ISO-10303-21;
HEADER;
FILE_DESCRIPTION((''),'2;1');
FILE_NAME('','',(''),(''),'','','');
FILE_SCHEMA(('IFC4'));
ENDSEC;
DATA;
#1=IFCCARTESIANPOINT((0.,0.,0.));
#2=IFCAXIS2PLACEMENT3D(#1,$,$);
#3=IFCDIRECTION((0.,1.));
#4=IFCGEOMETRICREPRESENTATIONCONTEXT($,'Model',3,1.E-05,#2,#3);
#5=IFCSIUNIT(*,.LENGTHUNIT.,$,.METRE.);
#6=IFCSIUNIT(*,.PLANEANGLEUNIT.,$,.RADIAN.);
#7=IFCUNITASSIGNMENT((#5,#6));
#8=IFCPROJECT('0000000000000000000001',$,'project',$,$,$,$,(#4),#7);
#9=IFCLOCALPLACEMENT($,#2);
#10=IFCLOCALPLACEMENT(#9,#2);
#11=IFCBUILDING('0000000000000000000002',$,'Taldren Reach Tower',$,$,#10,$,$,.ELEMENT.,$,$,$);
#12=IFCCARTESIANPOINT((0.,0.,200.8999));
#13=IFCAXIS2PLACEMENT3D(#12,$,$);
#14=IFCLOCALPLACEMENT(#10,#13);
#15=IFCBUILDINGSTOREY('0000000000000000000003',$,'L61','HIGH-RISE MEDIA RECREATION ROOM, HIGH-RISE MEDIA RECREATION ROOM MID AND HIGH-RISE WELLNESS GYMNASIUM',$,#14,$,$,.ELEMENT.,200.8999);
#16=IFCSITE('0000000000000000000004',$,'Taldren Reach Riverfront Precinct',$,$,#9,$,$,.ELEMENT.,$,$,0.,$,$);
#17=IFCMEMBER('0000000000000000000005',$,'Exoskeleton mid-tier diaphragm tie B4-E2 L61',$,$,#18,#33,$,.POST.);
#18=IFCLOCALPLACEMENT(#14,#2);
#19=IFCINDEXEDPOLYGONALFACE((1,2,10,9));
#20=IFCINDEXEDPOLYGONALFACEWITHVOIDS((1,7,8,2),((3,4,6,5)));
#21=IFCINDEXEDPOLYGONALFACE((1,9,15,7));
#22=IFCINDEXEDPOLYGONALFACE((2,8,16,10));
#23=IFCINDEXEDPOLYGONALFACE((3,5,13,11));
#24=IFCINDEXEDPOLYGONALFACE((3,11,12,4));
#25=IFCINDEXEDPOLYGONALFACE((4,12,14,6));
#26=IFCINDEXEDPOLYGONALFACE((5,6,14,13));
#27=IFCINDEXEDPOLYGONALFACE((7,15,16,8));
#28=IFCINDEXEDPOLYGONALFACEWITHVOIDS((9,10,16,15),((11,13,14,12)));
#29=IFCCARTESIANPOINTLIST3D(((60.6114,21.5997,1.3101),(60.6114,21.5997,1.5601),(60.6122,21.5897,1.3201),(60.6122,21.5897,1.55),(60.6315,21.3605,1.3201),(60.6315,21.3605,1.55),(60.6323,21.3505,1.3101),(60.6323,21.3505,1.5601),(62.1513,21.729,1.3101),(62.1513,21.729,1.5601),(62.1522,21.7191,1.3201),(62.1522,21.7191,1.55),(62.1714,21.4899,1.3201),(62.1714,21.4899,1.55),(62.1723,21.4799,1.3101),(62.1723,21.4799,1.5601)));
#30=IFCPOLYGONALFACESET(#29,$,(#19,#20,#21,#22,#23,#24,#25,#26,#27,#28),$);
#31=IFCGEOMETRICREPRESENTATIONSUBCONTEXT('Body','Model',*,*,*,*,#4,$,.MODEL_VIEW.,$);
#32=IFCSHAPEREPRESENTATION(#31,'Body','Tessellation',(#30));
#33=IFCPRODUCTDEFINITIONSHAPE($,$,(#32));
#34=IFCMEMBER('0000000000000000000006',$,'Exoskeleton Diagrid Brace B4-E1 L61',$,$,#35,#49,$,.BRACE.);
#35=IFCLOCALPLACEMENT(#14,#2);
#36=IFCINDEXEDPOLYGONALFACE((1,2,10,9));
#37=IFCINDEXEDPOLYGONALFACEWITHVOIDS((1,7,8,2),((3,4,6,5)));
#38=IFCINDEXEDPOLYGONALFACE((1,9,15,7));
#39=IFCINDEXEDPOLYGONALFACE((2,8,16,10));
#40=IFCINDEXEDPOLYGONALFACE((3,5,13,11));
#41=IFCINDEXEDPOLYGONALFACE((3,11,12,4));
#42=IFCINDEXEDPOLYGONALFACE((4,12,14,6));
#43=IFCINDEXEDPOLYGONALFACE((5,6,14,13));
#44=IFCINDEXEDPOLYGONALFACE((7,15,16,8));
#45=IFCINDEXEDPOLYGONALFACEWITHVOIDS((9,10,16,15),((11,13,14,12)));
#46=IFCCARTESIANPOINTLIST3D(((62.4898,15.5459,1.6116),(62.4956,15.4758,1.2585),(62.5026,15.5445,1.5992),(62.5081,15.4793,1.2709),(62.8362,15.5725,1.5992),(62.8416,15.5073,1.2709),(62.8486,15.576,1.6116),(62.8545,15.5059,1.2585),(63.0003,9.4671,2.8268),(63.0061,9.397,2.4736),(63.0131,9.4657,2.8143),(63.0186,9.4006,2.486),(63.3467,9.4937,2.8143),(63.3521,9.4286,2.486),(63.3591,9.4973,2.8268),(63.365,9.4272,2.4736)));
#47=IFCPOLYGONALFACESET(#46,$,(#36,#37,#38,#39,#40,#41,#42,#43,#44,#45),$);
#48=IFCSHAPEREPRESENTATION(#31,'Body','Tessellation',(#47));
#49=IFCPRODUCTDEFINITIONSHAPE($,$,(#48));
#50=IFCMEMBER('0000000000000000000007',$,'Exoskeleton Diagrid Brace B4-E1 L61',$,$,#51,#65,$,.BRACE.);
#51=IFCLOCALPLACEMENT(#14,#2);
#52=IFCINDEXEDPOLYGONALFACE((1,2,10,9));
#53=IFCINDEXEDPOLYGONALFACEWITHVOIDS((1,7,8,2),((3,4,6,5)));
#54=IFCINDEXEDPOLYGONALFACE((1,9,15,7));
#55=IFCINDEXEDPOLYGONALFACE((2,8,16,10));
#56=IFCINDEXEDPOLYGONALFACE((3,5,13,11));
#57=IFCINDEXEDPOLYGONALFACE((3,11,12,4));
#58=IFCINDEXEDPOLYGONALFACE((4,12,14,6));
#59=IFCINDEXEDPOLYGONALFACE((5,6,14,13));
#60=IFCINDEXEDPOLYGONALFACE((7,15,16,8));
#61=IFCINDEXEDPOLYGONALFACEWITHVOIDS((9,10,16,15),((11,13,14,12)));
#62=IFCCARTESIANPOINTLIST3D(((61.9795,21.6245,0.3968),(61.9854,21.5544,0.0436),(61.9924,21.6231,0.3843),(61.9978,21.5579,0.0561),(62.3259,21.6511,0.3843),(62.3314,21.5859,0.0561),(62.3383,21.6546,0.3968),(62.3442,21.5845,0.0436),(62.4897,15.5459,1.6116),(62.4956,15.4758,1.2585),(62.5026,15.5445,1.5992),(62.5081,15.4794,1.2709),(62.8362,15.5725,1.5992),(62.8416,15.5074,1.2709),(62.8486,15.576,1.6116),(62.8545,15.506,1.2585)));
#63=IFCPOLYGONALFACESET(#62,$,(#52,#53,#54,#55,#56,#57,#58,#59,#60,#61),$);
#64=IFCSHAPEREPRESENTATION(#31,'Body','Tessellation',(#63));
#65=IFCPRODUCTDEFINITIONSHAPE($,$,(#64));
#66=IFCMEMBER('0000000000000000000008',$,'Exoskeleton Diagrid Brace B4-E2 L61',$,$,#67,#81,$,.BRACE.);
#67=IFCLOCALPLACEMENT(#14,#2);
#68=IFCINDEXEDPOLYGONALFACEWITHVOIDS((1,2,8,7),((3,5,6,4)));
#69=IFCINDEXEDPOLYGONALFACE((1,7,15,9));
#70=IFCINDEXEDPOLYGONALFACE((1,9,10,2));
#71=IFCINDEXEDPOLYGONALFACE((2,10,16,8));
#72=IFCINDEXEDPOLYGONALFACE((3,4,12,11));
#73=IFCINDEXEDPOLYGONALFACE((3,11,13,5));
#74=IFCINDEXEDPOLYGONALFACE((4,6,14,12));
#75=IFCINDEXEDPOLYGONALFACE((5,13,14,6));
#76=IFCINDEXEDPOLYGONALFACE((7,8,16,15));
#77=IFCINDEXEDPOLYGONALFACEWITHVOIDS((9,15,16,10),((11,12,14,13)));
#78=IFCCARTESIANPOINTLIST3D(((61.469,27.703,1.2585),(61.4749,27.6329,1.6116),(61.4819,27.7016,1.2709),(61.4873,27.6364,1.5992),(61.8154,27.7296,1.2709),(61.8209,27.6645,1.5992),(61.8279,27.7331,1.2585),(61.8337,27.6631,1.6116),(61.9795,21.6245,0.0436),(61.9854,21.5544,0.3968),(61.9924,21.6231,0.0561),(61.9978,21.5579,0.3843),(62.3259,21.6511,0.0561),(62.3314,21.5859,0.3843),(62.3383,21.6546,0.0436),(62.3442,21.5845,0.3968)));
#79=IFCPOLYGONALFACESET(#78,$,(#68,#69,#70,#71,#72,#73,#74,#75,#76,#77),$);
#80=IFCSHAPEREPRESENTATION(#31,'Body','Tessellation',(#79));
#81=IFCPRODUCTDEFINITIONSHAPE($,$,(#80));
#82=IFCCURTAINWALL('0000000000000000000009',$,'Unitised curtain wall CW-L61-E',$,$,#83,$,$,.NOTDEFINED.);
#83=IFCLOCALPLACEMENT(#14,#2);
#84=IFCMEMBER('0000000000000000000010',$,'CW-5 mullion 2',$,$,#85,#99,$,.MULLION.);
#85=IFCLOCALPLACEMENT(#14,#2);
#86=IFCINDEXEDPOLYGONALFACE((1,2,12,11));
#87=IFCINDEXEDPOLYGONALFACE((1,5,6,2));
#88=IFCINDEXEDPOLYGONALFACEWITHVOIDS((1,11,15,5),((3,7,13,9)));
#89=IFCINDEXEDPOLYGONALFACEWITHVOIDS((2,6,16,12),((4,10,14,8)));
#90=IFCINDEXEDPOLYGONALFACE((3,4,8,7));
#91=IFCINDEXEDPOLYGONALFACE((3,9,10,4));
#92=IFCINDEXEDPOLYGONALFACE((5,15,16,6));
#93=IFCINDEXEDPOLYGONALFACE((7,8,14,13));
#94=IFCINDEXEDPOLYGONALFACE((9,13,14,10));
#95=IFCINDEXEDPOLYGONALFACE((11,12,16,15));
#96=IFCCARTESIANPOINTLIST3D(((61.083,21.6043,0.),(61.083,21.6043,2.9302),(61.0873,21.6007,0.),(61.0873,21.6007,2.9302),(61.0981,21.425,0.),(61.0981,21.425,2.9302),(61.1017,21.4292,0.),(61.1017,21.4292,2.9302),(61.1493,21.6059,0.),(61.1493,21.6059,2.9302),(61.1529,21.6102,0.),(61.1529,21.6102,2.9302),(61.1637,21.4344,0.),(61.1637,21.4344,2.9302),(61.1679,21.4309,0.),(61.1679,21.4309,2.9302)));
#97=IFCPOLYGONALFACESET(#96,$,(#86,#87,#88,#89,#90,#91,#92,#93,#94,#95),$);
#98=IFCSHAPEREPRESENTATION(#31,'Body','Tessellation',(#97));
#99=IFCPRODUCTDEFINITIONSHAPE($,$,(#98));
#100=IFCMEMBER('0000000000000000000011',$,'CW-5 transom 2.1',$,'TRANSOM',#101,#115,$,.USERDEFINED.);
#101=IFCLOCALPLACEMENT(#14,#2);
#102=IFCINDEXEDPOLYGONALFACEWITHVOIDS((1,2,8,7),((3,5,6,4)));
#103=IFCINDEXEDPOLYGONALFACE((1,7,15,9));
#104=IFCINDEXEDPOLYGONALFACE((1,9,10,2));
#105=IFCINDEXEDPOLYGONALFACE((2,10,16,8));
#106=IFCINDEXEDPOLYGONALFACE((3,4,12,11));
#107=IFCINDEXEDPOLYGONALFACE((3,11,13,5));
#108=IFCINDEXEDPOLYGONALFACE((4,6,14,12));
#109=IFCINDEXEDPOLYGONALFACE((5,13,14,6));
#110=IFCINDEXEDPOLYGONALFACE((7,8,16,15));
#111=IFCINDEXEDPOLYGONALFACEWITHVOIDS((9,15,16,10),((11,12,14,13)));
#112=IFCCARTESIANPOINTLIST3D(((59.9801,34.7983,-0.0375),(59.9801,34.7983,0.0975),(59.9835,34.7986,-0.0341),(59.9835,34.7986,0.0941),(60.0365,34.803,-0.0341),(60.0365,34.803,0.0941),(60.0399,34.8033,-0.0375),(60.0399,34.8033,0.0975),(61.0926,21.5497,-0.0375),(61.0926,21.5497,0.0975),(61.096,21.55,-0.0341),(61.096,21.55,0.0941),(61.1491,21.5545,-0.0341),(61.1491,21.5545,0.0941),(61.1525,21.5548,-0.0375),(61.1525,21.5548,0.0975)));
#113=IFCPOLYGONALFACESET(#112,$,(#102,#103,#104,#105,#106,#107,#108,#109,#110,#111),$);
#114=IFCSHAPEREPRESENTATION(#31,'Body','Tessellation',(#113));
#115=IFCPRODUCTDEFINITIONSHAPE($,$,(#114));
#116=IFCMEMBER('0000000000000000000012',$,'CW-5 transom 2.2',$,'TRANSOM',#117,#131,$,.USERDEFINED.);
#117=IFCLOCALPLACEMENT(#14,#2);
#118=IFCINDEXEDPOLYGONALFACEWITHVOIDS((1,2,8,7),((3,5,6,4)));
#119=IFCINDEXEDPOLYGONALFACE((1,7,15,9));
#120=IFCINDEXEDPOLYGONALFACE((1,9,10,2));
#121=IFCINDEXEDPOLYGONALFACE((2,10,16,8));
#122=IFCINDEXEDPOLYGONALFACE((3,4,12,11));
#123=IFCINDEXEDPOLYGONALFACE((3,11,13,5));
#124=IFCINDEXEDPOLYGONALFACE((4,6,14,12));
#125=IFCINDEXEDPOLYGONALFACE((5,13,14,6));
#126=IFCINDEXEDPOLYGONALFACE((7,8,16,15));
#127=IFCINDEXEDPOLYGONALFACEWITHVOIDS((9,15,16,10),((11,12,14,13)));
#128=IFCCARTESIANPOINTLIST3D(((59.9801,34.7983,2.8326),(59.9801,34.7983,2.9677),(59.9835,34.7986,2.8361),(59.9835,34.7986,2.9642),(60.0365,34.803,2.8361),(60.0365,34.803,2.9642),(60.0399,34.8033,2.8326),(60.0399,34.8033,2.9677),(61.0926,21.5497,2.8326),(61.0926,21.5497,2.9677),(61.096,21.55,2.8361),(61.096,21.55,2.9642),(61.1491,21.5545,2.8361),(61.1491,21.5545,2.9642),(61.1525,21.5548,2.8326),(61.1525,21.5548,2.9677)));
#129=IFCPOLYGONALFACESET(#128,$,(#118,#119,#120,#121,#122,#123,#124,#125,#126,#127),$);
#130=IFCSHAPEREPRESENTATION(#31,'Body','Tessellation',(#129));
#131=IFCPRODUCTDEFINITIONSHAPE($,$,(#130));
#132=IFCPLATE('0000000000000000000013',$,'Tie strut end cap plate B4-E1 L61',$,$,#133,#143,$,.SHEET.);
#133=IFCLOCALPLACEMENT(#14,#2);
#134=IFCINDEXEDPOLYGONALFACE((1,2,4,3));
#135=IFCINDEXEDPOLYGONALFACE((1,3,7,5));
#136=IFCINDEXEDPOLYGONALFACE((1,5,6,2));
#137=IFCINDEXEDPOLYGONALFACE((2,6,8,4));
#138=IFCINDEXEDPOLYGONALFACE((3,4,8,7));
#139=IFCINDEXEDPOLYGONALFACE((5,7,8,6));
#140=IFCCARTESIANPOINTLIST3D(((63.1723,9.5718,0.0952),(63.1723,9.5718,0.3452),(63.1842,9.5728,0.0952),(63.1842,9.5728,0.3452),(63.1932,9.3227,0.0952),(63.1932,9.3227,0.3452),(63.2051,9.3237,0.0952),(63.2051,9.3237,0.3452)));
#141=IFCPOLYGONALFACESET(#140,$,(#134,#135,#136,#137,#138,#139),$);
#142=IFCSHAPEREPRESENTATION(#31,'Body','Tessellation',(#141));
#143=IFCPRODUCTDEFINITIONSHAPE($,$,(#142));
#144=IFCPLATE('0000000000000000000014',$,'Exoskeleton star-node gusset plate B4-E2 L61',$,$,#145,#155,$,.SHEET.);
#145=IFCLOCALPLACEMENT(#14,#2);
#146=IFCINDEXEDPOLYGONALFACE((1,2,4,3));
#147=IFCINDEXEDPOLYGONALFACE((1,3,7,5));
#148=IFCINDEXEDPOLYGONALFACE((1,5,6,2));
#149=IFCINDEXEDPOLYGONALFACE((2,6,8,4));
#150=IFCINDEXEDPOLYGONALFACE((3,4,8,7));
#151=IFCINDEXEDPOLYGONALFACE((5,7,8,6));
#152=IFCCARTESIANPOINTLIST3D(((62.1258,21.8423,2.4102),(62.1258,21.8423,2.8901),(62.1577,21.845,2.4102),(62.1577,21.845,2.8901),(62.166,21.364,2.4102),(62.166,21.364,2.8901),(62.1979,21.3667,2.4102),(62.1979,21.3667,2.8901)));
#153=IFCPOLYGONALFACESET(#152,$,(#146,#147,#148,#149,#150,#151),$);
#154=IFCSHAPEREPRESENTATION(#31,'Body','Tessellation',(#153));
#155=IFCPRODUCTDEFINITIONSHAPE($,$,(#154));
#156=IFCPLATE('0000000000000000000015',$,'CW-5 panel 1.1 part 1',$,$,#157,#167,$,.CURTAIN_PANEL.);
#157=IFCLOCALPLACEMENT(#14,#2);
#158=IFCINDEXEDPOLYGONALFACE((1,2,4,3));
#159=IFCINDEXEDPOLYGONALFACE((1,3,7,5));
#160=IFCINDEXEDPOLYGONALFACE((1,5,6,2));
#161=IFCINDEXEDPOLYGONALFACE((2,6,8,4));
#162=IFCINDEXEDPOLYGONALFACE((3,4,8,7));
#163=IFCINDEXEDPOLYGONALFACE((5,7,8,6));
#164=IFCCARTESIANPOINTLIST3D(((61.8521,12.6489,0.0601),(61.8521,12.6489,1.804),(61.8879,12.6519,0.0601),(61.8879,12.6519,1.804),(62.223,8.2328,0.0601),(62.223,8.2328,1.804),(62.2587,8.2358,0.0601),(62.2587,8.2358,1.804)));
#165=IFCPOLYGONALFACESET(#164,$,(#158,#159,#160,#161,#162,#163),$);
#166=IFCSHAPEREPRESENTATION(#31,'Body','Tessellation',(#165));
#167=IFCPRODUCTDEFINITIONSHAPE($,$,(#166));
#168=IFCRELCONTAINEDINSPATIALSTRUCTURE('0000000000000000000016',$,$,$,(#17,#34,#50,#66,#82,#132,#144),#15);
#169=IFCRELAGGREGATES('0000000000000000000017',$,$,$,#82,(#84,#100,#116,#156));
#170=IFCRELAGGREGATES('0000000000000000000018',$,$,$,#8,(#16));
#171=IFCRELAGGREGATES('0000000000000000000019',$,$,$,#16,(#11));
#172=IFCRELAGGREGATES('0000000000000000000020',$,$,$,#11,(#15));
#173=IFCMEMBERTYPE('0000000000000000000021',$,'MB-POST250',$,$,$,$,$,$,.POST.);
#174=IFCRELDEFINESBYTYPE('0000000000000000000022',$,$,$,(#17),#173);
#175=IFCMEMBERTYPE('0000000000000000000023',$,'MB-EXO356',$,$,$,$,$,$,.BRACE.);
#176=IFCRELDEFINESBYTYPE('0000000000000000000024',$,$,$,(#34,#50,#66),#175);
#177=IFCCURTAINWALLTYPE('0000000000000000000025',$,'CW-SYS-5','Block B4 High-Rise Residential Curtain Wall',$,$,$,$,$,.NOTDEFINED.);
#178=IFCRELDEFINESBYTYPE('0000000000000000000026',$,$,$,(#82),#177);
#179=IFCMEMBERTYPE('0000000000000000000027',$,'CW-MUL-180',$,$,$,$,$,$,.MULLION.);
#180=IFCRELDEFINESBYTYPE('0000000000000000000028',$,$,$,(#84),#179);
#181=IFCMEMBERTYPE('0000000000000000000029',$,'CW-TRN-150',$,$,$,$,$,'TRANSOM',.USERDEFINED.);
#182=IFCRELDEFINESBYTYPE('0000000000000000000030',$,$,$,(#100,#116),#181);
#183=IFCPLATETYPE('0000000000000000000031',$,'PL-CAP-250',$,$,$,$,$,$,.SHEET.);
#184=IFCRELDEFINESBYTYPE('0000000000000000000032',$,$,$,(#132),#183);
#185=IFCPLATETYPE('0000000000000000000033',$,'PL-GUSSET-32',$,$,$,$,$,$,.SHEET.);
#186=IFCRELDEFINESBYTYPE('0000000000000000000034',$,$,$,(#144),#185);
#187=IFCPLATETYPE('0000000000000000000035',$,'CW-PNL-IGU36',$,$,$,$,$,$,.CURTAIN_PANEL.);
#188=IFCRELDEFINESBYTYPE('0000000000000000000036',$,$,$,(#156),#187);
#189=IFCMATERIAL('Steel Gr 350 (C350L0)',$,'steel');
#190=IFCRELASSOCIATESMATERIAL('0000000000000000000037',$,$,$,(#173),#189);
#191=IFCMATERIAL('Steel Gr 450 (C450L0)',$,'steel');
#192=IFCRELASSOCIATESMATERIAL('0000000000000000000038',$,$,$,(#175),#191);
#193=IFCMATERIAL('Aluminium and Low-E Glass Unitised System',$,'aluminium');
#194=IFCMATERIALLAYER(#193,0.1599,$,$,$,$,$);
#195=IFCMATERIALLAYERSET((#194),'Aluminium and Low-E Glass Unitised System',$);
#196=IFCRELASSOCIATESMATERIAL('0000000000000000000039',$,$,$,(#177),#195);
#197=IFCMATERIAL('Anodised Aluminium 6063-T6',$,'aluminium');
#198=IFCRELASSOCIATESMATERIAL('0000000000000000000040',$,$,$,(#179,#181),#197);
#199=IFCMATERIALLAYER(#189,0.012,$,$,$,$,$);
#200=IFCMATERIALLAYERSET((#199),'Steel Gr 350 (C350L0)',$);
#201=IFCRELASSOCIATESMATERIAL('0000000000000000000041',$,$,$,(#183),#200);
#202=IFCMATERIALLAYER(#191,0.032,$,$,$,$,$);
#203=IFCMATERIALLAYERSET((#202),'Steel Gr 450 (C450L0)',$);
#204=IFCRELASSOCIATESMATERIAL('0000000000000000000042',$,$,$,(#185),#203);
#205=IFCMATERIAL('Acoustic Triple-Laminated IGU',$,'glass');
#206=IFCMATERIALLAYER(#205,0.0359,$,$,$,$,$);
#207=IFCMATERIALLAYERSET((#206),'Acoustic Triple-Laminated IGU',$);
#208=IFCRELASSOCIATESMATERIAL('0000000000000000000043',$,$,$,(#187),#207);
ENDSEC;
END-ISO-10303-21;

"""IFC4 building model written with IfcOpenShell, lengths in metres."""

from ifc_helpers import new_model, si_unit, direction, frame, origin, origin_2d, place, context, subcontext, project, spatial, rectangle, hollow_rectangle, extrude, source, transform, mapped, material, layer, layer_set, material_profile, profile_set, type_object, element, aggregate, save


model = new_model("IFC4")

# Units and contexts
model_context = context("Model", 3, precision=1e-05, world=origin(), true_north=direction((0.0, 1.0)))
body_context = subcontext(model_context, "Body", "Model", "MODEL_VIEW")
ifc_project = project(units=[si_unit("LENGTHUNIT", "METRE"), si_unit("PLANEANGLEUNIT", "RADIAN")], contexts=[model_context])

# Site, building, storey
site_placement = place(None, origin())
site = spatial("IfcSite", under=ifc_project, at=site_placement, Name="Taldren Reach Riverfront Precinct", CompositionType="ELEMENT", RefElevation=0.0)
building_placement = place(site_placement, origin())
building = spatial("IfcBuilding", under=site, at=building_placement, Name="Taldren Reach Tower", CompositionType="ELEMENT")
storey_placement = place(building_placement, frame((0.0, 0.0, 200.8999)))
storey = spatial("IfcBuildingStorey", under=building, at=storey_placement, Name="L61", Description="HIGH-RISE MEDIA RECREATION ROOM, HIGH-RISE MEDIA RECREATION ROOM MID AND HIGH-RISE WELLNESS GYMNASIUM", CompositionType="ELEMENT", Elevation=200.8999)

# Members
ifc_material_1 = material(Name="Steel Gr 450 (C450L0)", Category="steel")
ifc_material_2 = material(Name="Steel Gr 350 (C350L0)", Category="steel")
ifc_material_profile_1 = material_profile(ifc_material_2, hollow_rectangle(XDim=0.25, YDim=0.25, WallThickness=0.01, at=origin_2d()), Name="250x250x10.0SHS")
ifc_profile_set_1 = profile_set([ifc_material_profile_1], Name="Steel Gr 350 (C350L0)")
member_type_1 = type_object("IfcMemberType", Name="MB-POST250", PredefinedType="POST", material=ifc_profile_set_1)
shared_shape_1 = source(origin(), body_context, "Body", "SweptSolid", [
    extrude(hollow_rectangle(XDim=0.25, YDim=0.25, WallThickness=0.01, at=origin_2d()), origin(), (0.0, 0.0, 1.0), 1.5454),
])
for number, where, z_axis, x_axis, name in (
    (1, (60.6218, 21.4751, 1.4351), (0.996489, 0.083725, 0.0), (-0.083725, 0.996489, 0.0), "Exoskeleton mid-tier diaphragm tie B4-E2 L61"),
):
    element("IfcMember", number, at=place(storey_placement, frame(where, z_axis=z_axis, x_axis=x_axis)), inside=storey, type_object=member_type_1, Name=name, PredefinedType="POST", context=body_context, shape_type="MappedRepresentation", body=[
        mapped(shared_shape_1, transform((0.0, 0.0, 0.0), scale=1.0)),
    ])
ifc_material_profile_2 = material_profile(ifc_material_1, hollow_rectangle(XDim=0.3601, YDim=0.3601, WallThickness=0.0127, at=origin_2d()), Name="360x360x12.7SHS")
ifc_profile_set_2 = profile_set([ifc_material_profile_2], Name="Steel Gr 450 (C450L0)")
member_type_2 = type_object("IfcMemberType", Name="MB-EXO356", PredefinedType="BRACE", material=ifc_profile_set_2)
shared_shape_2 = source(origin(), body_context, "Body", "SweptSolid", [
    extrude(hollow_rectangle(XDim=0.3601, YDim=0.3601, WallThickness=0.0127, at=origin_2d()), origin(), (0.0, 0.0, 1.0), 6.22),
])
member_1_placement = place(storey_placement, frame((62.6721, 15.5259, 1.4351), z_axis=(0.082076, -0.977292, 0.195356), x_axis=(0.996492, 0.083688, 0.0)))
element("IfcMember", 2, at=member_1_placement, inside=storey, type_object=member_type_2, Name="Exoskeleton Diagrid Brace B4-E1 L61", PredefinedType="BRACE", context=body_context, shape_type="MappedRepresentation", body=[
    mapped(shared_shape_2, transform((0.0, 0.0, 0.0), scale=1.0)),
])
shared_shape_3 = source(origin(), body_context, "Body", "SweptSolid", [
    extrude(hollow_rectangle(XDim=0.3601, YDim=0.3601, WallThickness=0.0127, at=origin_2d()), origin(), (0.0, 0.0, 1.0), 6.2197),
])
for number, where, z_axis, x_axis, name in (
    (3, (62.1619, 21.6045, 0.2202), (0.082037, -0.977303, 0.195319), (0.996495, 0.083648, 0.0), "Exoskeleton Diagrid Brace B4-E1 L61"),
    (4, (62.1619, 21.6045, 0.2202), (-0.082076, 0.977299, 0.195319), (-0.996492, -0.083688, 0.0), "Exoskeleton Diagrid Brace B4-E2 L61"),
):
    element("IfcMember", number, at=place(storey_placement, frame(where, z_axis=z_axis, x_axis=x_axis)), inside=storey, type_object=member_type_2, Name=name, PredefinedType="BRACE", context=body_context, shape_type="MappedRepresentation", body=[
        mapped(shared_shape_3, transform((0.0, 0.0, 0.0), scale=1.0)),
    ])

# Curtain wall, members
ifc_material_3 = material(Name="Aluminium and Low-E Glass Unitised System", Category="aluminium")
ifc_layer_1 = layer(ifc_material_3, 0.1599)
ifc_layer_set_1 = layer_set([ifc_layer_1], Name="Aluminium and Low-E Glass Unitised System")
curtain_wall_type = type_object("IfcCurtainWallType", Name="CW-SYS-5", Description="Block B4 High-Rise Residential Curtain Wall", PredefinedType="NOTDEFINED", material=ifc_layer_set_1)
curtain_wall_placement = place(storey_placement, origin())
curtain_wall = element("IfcCurtainWall", 5, at=curtain_wall_placement, inside=storey, type_object=curtain_wall_type, Name="Unitised curtain wall CW-L61-E", PredefinedType="NOTDEFINED")
ifc_material_4 = material(Name="Anodised Aluminium 6063-T6", Category="aluminium")
ifc_material_profile_3 = material_profile(ifc_material_4, hollow_rectangle(XDim=0.0701, YDim=0.1799, WallThickness=0.0039, at=origin_2d()), Name="ALU-180x70x4RHS")
ifc_profile_set_3 = profile_set([ifc_material_profile_3], Name="Anodised Aluminium 6063-T6")
member_type_3 = type_object("IfcMemberType", Name="CW-MUL-180", PredefinedType="MULLION", material=ifc_profile_set_3)
shared_shape_4 = source(origin(), body_context, "Body", "SweptSolid", [
    extrude(hollow_rectangle(XDim=0.0701, YDim=0.1799, WallThickness=0.0039, at=origin_2d()), origin(), (0.0, 0.0, 1.0), 2.9302),
])
member_2_placement = place(storey_placement, frame((61.1255, 21.5176, 0.0), z_axis=(0.0, 0.0, 1.0), x_axis=(-0.996493, -0.083678, 0.0)))
member_2 = element("IfcMember", 6, at=member_2_placement, type_object=member_type_3, Name="CW-5 mullion 2", PredefinedType="MULLION", context=body_context, shape_type="MappedRepresentation", body=[
    mapped(shared_shape_4, transform((0.0, 0.0, 0.0), scale=1.0)),
])
ifc_material_profile_4 = material_profile(ifc_material_4, hollow_rectangle(XDim=0.0601, YDim=0.135, WallThickness=0.0034, at=origin_2d()), Name="ALU-135x60x3.5RHS")
ifc_profile_set_4 = profile_set([ifc_material_profile_4], Name="Anodised Aluminium 6063-T6")
member_type_4 = type_object("IfcMemberType", Name="CW-TRN-150", ElementType="TRANSOM", PredefinedType="USERDEFINED", material=ifc_profile_set_4)
shared_shape_5 = source(origin(), body_context, "Body", "SweptSolid", [
    extrude(hollow_rectangle(XDim=0.0601, YDim=0.135, WallThickness=0.0034, at=origin_2d()), origin(), (0.0, 0.0, 1.0), 13.2952),
])
member_3_placement = place(storey_placement, frame((61.1226, 21.5522, 0.03), z_axis=(-0.083681, 0.996493, 0.0), x_axis=(-0.996493, -0.083681, 0.0)))
member_3 = element("IfcMember", 7, at=member_3_placement, type_object=member_type_4, Name="CW-5 transom 2.1", ObjectType="TRANSOM", PredefinedType="USERDEFINED", context=body_context, shape_type="MappedRepresentation", body=[
    mapped(shared_shape_5, transform((0.0, 0.0, 0.0), scale=1.0)),
])
member_4_placement = place(storey_placement, frame((61.1226, 21.5522, 2.9001), z_axis=(-0.083681, 0.996493, 0.0), x_axis=(-0.996493, -0.083681, 0.0)))
member_4 = element("IfcMember", 8, at=member_4_placement, type_object=member_type_4, Name="CW-5 transom 2.2", ObjectType="TRANSOM", PredefinedType="USERDEFINED", context=body_context, shape_type="MappedRepresentation", body=[
    mapped(shared_shape_5, transform((0.0, 0.0, 0.0), scale=1.0)),
])

# Plates
ifc_layer_2 = layer(ifc_material_2, 0.012)
ifc_layer_set_2 = layer_set([ifc_layer_2], Name="Steel Gr 350 (C350L0)")
plate_type_1 = type_object("IfcPlateType", Name="PL-CAP-250", PredefinedType="SHEET", material=ifc_layer_set_2)
shared_shape_6 = source(origin(), body_context, "Body", "SweptSolid", [
    extrude(rectangle(XDim=0.012, YDim=0.25, at=origin_2d()), origin(), (0.0, 0.0, 1.0), 0.25),
])
plate_1_placement = place(storey_placement, frame((63.1887, 9.4478, 0.0952), z_axis=(0.0, 0.0, 1.0), x_axis=(0.996493, 0.083678, 0.0)))
element("IfcPlate", 9, at=plate_1_placement, inside=storey, type_object=plate_type_1, Name="Tie strut end cap plate B4-E1 L61", PredefinedType="SHEET", context=body_context, shape_type="MappedRepresentation", body=[
    mapped(shared_shape_6, transform((0.0, 0.0, 0.0), scale=1.0)),
])
ifc_layer_3 = layer(ifc_material_1, 0.032)
ifc_layer_set_3 = layer_set([ifc_layer_3], Name="Steel Gr 450 (C450L0)")
plate_type_2 = type_object("IfcPlateType", Name="PL-GUSSET-32", PredefinedType="SHEET", material=ifc_layer_set_3)
shared_shape_7 = source(origin(), body_context, "Body", "SweptSolid", [
    extrude(rectangle(XDim=0.48, YDim=0.032, at=origin_2d()), origin(), (0.0, 0.0, 1.0), 0.48),
])
plate_2_placement = place(storey_placement, frame((62.1619, 21.6045, 2.4102), z_axis=(0.0, 0.0, 1.0), x_axis=(-0.083678, 0.996493, 0.0)))
element("IfcPlate", 10, at=plate_2_placement, inside=storey, type_object=plate_type_2, Name="Exoskeleton star-node gusset plate B4-E2 L61", PredefinedType="SHEET", context=body_context, shape_type="MappedRepresentation", body=[
    mapped(shared_shape_7, transform((0.0, 0.0, 0.0), scale=1.0)),
])

# Plate
ifc_material_5 = material(Name="Acoustic Triple-Laminated IGU", Category="glass")
ifc_layer_4 = layer(ifc_material_5, 0.0359)
ifc_layer_set_4 = layer_set([ifc_layer_4], Name="Acoustic Triple-Laminated IGU")
plate_type_3 = type_object("IfcPlateType", Name="CW-PNL-IGU36", PredefinedType="CURTAIN_PANEL", material=ifc_layer_set_4)
shared_shape_8 = source(origin(), body_context, "Body", "SweptSolid", [
    extrude(rectangle(XDim=4.4316, YDim=0.0359, at=origin_2d()), origin(), (0.0, 0.0, 1.0), 1.7439),
])
plate_3_placement = place(storey_placement, frame((62.0554, 10.4424, 0.0601), z_axis=(0.0, 0.0, 1.0), x_axis=(-0.083678, 0.996493, 0.0)))
plate_3 = element("IfcPlate", 11, at=plate_3_placement, type_object=plate_type_3, Name="CW-5 panel 1.1 part 1", PredefinedType="CURTAIN_PANEL", context=body_context, shape_type="MappedRepresentation", body=[
    mapped(shared_shape_8, transform((0.0, 0.0, 0.0), scale=1.0)),
])
aggregate(curtain_wall, [member_2, member_3, member_4, plate_3])

save(model, "model.ifc")
